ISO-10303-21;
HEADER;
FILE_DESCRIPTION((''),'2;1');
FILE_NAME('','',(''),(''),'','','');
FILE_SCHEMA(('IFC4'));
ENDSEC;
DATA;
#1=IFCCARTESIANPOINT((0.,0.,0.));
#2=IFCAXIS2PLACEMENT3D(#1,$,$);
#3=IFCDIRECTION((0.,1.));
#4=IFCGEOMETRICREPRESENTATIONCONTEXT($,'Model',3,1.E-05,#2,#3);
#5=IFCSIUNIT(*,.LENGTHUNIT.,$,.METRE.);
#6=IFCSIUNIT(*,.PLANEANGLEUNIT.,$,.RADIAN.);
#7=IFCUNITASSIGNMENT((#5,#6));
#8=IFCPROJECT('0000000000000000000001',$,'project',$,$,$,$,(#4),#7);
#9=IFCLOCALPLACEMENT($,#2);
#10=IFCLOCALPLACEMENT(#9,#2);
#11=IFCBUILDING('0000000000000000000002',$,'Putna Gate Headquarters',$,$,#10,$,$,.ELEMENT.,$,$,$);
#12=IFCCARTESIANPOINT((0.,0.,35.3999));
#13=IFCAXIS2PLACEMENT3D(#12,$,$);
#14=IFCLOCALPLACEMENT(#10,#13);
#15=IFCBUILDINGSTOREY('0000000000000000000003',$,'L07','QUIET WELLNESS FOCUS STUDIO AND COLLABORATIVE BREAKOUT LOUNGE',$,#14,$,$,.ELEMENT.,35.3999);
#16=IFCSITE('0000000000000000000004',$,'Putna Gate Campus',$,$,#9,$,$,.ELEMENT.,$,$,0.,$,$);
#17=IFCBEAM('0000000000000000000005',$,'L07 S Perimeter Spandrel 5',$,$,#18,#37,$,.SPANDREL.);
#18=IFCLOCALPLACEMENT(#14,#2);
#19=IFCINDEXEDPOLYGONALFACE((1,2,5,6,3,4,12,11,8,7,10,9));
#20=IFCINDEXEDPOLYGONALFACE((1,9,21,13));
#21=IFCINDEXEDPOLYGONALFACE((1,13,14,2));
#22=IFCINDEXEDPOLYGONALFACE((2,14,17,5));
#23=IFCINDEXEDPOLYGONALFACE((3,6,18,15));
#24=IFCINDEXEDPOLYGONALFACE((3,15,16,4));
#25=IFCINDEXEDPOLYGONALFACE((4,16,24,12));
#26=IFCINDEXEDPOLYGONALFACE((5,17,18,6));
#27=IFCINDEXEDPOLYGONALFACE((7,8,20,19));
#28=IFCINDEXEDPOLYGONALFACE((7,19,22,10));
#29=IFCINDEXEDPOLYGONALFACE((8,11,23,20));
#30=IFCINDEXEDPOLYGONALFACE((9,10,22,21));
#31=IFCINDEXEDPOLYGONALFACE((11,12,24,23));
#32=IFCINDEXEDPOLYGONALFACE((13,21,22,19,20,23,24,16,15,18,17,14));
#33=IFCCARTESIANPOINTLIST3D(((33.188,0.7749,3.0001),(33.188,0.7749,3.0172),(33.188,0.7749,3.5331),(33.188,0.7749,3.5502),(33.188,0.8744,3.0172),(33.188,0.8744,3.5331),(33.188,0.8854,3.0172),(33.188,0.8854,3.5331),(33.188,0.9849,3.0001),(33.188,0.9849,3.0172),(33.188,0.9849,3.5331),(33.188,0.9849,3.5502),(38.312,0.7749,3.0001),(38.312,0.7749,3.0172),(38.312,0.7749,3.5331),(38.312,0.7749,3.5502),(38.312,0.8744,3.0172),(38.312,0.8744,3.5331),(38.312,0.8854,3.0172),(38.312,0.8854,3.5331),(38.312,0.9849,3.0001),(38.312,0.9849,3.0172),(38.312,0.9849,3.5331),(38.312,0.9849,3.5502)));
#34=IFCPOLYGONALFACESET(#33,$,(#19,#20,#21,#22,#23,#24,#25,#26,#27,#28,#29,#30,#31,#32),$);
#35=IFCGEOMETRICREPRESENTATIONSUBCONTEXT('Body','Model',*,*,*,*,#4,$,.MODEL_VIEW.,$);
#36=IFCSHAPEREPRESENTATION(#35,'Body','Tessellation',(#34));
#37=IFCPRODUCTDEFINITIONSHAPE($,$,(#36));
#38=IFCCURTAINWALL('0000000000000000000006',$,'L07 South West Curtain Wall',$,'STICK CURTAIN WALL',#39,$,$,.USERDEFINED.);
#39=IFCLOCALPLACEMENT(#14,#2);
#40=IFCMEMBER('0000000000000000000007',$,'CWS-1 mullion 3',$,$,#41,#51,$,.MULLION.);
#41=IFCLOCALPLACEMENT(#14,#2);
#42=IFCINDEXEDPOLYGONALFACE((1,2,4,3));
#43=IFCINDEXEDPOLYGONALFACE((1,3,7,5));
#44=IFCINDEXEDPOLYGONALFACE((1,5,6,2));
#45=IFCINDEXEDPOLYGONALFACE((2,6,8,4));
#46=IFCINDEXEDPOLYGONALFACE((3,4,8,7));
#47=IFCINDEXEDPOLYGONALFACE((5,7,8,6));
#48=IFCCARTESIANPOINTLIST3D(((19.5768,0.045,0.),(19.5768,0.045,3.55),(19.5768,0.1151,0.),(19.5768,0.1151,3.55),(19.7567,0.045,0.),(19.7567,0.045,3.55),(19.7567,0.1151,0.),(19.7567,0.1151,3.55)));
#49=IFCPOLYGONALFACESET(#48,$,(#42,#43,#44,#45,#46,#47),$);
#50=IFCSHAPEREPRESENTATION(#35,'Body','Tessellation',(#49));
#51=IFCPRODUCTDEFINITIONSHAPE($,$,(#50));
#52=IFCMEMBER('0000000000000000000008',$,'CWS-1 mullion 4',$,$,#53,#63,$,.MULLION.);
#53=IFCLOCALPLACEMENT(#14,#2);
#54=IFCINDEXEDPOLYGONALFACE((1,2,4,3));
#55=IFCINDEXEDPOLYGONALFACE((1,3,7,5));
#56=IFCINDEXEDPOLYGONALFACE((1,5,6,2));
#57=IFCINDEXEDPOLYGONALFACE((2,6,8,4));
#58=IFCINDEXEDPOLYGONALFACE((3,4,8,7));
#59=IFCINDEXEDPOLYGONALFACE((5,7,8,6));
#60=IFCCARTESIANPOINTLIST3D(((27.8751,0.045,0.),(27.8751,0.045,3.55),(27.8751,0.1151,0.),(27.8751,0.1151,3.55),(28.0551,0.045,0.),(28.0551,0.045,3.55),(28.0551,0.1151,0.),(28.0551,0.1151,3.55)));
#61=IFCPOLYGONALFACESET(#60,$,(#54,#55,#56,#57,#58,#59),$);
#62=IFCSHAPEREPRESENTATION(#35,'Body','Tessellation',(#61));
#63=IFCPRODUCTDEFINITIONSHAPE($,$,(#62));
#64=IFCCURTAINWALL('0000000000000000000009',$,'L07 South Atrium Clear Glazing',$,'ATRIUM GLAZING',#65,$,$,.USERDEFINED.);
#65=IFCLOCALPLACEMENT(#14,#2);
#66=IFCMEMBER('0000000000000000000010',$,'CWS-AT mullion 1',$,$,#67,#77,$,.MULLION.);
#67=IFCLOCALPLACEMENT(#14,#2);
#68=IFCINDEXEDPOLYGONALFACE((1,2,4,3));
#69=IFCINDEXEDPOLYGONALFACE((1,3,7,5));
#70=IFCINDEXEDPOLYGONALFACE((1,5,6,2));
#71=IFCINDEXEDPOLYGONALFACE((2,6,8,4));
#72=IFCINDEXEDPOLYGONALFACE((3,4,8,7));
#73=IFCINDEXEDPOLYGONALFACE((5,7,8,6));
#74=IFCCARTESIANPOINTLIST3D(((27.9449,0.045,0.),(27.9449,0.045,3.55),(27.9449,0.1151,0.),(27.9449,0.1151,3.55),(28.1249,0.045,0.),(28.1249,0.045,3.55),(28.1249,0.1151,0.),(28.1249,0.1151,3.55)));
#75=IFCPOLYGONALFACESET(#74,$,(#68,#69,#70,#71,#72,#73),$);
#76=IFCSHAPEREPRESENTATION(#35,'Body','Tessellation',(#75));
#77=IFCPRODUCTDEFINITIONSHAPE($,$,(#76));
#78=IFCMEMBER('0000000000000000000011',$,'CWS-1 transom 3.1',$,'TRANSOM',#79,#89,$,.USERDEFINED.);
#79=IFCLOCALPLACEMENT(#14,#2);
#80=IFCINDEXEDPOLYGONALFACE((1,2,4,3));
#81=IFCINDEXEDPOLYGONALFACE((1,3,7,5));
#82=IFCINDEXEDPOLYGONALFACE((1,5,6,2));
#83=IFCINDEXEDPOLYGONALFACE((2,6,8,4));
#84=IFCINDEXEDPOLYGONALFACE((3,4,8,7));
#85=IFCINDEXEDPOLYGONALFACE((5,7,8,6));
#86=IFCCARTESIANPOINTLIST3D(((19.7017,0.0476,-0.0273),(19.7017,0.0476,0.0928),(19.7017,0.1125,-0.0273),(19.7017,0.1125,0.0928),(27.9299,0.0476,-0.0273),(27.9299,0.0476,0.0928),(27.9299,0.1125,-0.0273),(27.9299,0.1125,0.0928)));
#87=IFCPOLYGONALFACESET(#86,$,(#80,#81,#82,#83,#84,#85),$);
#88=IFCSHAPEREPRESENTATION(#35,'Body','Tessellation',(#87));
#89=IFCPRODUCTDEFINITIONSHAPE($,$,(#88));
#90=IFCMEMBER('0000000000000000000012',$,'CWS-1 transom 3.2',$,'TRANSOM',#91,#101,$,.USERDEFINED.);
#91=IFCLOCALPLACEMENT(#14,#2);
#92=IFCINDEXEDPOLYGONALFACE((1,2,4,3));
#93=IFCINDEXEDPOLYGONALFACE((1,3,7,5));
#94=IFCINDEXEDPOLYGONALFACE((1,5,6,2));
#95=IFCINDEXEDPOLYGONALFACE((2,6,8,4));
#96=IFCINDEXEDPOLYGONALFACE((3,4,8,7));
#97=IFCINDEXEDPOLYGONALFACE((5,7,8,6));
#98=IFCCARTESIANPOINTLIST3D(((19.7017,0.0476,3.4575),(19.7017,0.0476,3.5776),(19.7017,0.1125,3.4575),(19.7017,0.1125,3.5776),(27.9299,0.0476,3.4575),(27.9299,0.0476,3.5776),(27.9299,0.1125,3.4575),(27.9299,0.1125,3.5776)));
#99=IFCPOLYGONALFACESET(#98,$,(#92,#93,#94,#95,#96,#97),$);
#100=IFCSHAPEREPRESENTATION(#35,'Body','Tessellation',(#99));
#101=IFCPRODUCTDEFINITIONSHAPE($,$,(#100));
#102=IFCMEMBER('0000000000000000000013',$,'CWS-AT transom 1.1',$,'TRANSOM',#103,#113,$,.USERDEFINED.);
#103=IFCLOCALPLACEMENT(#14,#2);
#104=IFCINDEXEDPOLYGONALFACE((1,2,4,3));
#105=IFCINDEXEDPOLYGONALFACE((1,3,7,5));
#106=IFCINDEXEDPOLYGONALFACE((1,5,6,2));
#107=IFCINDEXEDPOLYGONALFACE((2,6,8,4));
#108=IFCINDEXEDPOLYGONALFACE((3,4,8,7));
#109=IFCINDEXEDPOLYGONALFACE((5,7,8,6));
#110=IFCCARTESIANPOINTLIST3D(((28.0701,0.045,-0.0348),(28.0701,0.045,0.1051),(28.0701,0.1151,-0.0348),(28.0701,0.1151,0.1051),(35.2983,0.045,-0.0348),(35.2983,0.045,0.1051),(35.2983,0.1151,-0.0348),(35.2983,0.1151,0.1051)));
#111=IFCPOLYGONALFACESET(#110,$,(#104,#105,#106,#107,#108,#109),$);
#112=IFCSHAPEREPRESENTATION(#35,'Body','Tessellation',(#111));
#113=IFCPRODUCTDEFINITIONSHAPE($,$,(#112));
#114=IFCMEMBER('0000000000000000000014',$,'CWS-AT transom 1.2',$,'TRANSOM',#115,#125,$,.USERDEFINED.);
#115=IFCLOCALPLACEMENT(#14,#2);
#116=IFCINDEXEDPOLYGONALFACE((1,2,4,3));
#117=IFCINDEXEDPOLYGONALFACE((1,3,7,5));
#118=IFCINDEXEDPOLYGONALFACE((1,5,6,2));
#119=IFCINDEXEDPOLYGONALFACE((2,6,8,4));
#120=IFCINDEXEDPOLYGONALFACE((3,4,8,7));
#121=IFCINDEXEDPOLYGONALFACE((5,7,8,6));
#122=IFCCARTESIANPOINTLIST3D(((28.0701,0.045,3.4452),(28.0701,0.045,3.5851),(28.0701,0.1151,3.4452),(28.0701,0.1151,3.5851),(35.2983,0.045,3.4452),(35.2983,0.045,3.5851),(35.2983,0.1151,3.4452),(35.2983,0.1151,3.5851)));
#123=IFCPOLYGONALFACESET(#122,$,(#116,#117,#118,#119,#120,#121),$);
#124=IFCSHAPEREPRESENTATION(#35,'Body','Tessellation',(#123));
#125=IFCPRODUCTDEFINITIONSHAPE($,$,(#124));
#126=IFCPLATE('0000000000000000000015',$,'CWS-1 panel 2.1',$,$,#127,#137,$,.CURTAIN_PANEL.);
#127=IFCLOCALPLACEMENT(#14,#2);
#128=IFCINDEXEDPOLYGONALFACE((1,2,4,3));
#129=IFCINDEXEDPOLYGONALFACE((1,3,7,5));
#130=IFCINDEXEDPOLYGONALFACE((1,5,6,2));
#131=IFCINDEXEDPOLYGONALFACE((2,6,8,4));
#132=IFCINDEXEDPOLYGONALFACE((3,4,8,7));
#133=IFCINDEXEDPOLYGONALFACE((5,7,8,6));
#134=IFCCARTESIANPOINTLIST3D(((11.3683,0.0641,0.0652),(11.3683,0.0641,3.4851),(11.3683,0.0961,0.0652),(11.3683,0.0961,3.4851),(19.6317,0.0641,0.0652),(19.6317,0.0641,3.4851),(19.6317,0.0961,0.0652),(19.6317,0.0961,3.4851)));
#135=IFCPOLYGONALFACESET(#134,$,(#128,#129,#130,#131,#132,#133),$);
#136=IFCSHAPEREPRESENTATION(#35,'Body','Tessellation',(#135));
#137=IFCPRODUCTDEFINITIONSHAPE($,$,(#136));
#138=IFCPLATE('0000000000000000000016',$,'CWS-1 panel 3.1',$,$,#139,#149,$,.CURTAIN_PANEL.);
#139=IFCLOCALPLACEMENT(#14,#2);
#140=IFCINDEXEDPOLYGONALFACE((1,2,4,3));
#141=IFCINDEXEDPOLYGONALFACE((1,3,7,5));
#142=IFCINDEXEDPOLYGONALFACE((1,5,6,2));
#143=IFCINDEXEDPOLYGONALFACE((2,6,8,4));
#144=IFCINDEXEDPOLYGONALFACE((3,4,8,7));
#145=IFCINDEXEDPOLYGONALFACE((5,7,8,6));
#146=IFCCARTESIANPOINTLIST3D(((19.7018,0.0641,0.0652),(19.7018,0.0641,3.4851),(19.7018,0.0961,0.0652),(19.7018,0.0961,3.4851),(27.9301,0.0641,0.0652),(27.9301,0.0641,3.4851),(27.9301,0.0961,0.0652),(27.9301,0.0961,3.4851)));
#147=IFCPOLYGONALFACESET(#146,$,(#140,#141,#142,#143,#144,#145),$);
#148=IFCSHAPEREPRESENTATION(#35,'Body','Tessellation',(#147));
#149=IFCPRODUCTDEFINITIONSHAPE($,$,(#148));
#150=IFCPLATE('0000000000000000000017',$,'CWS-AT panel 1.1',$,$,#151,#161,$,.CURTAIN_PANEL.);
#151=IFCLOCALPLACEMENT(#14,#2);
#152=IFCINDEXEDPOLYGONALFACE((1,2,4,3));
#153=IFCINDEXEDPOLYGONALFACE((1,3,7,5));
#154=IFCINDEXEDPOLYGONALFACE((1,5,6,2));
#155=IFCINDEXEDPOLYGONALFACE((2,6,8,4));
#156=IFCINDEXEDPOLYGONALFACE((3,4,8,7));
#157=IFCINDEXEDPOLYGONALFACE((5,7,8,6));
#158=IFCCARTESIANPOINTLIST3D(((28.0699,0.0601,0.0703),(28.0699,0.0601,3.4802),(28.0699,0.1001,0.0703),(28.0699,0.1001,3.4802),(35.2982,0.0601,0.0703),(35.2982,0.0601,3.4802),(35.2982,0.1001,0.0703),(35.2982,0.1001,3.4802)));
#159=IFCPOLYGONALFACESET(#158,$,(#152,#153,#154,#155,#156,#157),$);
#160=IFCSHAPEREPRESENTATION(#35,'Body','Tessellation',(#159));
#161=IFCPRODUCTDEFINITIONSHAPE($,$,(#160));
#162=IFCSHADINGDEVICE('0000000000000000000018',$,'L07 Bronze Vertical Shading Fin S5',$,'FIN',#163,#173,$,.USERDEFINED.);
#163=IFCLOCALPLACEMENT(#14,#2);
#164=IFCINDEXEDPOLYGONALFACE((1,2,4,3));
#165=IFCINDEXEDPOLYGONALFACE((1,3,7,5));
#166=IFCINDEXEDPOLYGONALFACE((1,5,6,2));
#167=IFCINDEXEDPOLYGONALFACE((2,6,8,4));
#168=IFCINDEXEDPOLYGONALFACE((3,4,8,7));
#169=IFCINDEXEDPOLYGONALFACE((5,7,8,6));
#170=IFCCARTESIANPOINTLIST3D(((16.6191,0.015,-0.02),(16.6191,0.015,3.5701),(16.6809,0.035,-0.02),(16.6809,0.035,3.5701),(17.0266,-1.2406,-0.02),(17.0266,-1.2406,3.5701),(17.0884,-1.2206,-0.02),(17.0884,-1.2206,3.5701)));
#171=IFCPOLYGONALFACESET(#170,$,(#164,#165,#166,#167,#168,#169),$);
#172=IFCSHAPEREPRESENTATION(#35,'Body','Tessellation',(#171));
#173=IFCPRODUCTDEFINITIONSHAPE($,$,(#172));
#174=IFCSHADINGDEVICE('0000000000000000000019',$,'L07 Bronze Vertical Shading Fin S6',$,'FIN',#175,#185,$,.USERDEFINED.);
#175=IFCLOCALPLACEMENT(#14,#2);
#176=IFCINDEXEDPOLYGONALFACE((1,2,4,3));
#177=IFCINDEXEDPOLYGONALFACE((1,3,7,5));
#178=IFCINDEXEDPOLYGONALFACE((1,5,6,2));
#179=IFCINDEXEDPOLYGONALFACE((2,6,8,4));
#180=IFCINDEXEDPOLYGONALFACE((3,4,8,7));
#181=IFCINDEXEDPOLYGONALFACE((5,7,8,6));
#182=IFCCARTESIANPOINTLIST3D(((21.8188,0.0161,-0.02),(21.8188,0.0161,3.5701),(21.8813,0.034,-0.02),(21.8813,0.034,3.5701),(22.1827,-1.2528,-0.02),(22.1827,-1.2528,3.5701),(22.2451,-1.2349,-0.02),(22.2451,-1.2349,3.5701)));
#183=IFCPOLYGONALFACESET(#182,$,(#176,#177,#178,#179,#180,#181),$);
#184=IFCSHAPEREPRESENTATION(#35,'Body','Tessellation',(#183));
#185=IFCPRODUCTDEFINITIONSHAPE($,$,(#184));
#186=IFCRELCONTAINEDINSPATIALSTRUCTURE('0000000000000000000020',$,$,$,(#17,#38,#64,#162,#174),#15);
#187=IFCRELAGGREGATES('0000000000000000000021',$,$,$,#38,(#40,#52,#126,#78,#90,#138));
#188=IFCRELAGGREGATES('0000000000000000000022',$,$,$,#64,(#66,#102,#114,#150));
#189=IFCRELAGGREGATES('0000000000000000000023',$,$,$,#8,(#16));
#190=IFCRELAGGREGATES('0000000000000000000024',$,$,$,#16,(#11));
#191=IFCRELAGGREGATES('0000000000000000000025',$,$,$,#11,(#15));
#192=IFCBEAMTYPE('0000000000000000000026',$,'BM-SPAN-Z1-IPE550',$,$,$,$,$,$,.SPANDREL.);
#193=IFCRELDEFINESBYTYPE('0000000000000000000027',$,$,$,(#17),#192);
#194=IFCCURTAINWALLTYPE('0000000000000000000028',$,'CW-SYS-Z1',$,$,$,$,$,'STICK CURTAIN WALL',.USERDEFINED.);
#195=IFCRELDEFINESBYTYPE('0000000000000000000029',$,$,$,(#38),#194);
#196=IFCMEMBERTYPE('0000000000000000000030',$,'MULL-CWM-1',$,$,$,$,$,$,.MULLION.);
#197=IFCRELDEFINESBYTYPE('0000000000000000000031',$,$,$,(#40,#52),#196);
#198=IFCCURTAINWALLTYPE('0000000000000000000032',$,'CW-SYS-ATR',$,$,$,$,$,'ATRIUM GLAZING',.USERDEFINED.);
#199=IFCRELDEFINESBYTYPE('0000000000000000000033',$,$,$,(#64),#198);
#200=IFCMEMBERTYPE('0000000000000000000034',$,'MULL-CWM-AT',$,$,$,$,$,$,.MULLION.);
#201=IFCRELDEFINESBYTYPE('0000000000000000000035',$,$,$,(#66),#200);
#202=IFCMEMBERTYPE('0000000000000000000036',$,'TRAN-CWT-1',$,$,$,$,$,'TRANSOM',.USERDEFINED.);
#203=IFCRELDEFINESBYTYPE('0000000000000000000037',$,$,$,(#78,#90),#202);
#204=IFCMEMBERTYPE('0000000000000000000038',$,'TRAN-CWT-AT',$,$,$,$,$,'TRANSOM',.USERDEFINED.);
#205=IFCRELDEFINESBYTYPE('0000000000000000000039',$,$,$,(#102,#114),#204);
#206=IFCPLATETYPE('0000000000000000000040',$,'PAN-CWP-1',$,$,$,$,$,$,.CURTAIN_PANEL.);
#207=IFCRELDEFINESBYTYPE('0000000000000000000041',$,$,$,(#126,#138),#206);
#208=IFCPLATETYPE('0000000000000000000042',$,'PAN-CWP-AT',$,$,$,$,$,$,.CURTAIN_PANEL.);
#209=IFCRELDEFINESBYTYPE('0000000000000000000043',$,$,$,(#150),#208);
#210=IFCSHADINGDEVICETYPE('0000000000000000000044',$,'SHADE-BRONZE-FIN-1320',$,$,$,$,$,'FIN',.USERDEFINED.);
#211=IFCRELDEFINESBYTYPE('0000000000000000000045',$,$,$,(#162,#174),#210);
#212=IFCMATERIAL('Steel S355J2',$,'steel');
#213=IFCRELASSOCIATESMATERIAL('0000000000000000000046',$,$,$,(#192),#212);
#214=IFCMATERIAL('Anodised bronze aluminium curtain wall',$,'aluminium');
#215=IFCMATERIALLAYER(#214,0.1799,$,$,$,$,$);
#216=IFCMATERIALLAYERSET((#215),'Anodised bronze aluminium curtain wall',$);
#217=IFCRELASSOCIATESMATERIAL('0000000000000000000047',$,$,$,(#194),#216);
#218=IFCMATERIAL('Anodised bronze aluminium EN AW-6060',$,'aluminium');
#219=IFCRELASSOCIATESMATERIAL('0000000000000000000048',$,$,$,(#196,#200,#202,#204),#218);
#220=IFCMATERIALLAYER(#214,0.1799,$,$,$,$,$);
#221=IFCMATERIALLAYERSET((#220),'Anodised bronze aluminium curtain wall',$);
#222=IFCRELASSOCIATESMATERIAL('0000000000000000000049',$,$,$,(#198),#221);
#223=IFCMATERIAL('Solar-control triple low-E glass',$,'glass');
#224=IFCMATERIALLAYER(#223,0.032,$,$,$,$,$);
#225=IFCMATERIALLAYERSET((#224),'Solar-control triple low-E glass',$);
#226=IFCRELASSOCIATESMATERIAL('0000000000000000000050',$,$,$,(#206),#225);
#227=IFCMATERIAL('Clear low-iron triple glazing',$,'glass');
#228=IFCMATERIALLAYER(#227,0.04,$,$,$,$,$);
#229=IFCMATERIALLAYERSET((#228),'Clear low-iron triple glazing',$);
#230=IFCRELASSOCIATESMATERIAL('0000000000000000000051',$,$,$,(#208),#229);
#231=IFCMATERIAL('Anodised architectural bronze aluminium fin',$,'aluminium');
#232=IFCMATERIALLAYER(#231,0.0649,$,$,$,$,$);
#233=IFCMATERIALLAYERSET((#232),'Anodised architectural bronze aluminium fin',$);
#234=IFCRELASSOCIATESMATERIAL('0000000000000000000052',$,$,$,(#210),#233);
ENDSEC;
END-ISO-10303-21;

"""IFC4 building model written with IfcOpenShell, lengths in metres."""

from ifc_helpers import new_model, si_unit, direction, frame, origin, origin_2d, place, context, subcontext, project, spatial, rectangle, i_section, extrude, material, layer, layer_set, material_profile, profile_set, type_object, element, aggregate, save


model = new_model("IFC4")

# Units and contexts
model_context = context("Model", 3, precision=1e-05, world=origin(), true_north=direction((0.0, 1.0)))
body_context = subcontext(model_context, "Body", "Model", "MODEL_VIEW")
ifc_project = project(units=[si_unit("LENGTHUNIT", "METRE"), si_unit("PLANEANGLEUNIT", "RADIAN")], contexts=[model_context])

# Site, building, storey
site_placement = place(None, origin())
site = spatial("IfcSite", under=ifc_project, at=site_placement, Name="Putna Gate Campus", CompositionType="ELEMENT", RefElevation=0.0)
building_placement = place(site_placement, origin())
building = spatial("IfcBuilding", under=site, at=building_placement, Name="Putna Gate Headquarters", CompositionType="ELEMENT")
storey_placement = place(building_placement, frame((0.0, 0.0, 35.3999)))
storey = spatial("IfcBuildingStorey", under=building, at=storey_placement, Name="L07", Description="QUIET WELLNESS FOCUS STUDIO AND COLLABORATIVE BREAKOUT LOUNGE", CompositionType="ELEMENT", Elevation=35.3999)

# Beam
ifc_material_1 = material(Name="Steel S355J2", Category="steel")
ifc_material_profile_1 = material_profile(ifc_material_1, i_section(OverallWidth=0.21, OverallDepth=0.55, WebThickness=0.011, FlangeThickness=0.0171, at=origin_2d()), Name="Steel S355J2")
ifc_profile_set_1 = profile_set([ifc_material_profile_1], Name="Steel S355J2")
beam_type_1 = type_object("IfcBeamType", Name="BM-SPAN-Z1-IPE550", PredefinedType="SPANDREL", material=ifc_profile_set_1)
for number, where, z_axis, x_axis, name in (
    (1, (33.188, 0.8799, 3.2751), (1.0, 0.0, 0.0), (0.0, 1.0, 0.0), "L07 S Perimeter Spandrel 5"),
):
    element("IfcBeam", number, at=place(storey_placement, frame(where, z_axis=z_axis, x_axis=x_axis)), inside=storey, type_object=beam_type_1, Name=name, PredefinedType="SPANDREL", context=body_context, shape_type="SweptSolid", body=[
        extrude(i_section(OverallWidth=0.21, OverallDepth=0.55, WebThickness=0.011, FlangeThickness=0.0171, at=origin_2d()), origin(), (0.0, 0.0, 1.0), 5.124),
    ])

# Curtain wall, members
ifc_material_2 = material(Name="Anodised bronze aluminium curtain wall", Category="aluminium")
ifc_layer_1 = layer(ifc_material_2, 0.1799)
ifc_layer_set_1 = layer_set([ifc_layer_1], Name="Anodised bronze aluminium curtain wall")
curtain_wall_type_1 = type_object("IfcCurtainWallType", Name="CW-SYS-Z1", ElementType="STICK CURTAIN WALL", PredefinedType="USERDEFINED", material=ifc_layer_set_1)
curtain_wall_1_placement = place(storey_placement, origin())
curtain_wall_1 = element("IfcCurtainWall", 2, at=curtain_wall_1_placement, inside=storey, type_object=curtain_wall_type_1, Name="L07 South West Curtain Wall", ObjectType="STICK CURTAIN WALL", PredefinedType="USERDEFINED")
ifc_material_3 = material(Name="Anodised bronze aluminium EN AW-6060", Category="aluminium")
ifc_material_profile_2 = material_profile(ifc_material_3, rectangle(XDim=0.0701, YDim=0.1799, at=origin_2d()), Name="Anodised bronze aluminium EN AW-6060")
ifc_profile_set_2 = profile_set([ifc_material_profile_2], Name="Anodised bronze aluminium EN AW-6060")
member_type_1 = type_object("IfcMemberType", Name="MULL-CWM-1", PredefinedType="MULLION", material=ifc_profile_set_2)
member_1_placement = place(storey_placement, frame((19.6667, 0.0801, 0.0), z_axis=(0.0, 0.0, 1.0), x_axis=(0.0, 1.0, 0.0)))
member_1 = element("IfcMember", 3, at=member_1_placement, type_object=member_type_1, Name="CWS-1 mullion 3", PredefinedType="MULLION", context=body_context, shape_type="SweptSolid", body=[
    extrude(rectangle(XDim=0.0701, YDim=0.1799, at=origin_2d()), origin(), (0.0, 0.0, 1.0), 3.55),
])
member_2_placement = place(storey_placement, frame((27.9651, 0.0801, 0.0), z_axis=(0.0, 0.0, 1.0), x_axis=(0.0, 1.0, 0.0)))
member_2 = element("IfcMember", 4, at=member_2_placement, type_object=member_type_1, Name="CWS-1 mullion 4", PredefinedType="MULLION", context=body_context, shape_type="SweptSolid", body=[
    extrude(rectangle(XDim=0.0701, YDim=0.1799, at=origin_2d()), origin(), (0.0, 0.0, 1.0), 3.55),
])

# Curtain wall, member
ifc_layer_2 = layer(ifc_material_2, 0.1799)
ifc_layer_set_2 = layer_set([ifc_layer_2], Name="Anodised bronze aluminium curtain wall")
curtain_wall_type_2 = type_object("IfcCurtainWallType", Name="CW-SYS-ATR", ElementType="ATRIUM GLAZING", PredefinedType="USERDEFINED", material=ifc_layer_set_2)
curtain_wall_2_placement = place(storey_placement, origin())
curtain_wall_2 = element("IfcCurtainWall", 5, at=curtain_wall_2_placement, inside=storey, type_object=curtain_wall_type_2, Name="L07 South Atrium Clear Glazing", ObjectType="ATRIUM GLAZING", PredefinedType="USERDEFINED")
ifc_material_profile_3 = material_profile(ifc_material_3, rectangle(XDim=0.0701, YDim=0.1799, at=origin_2d()), Name="Anodised bronze aluminium EN AW-6060")
ifc_profile_set_3 = profile_set([ifc_material_profile_3], Name="Anodised bronze aluminium EN AW-6060")
member_type_2 = type_object("IfcMemberType", Name="MULL-CWM-AT", PredefinedType="MULLION", material=ifc_profile_set_3)
member_3_placement = place(storey_placement, frame((28.0349, 0.0801, 0.0), z_axis=(0.0, 0.0, 1.0), x_axis=(0.0, 1.0, 0.0)))
member_3 = element("IfcMember", 6, at=member_3_placement, type_object=member_type_2, Name="CWS-AT mullion 1", PredefinedType="MULLION", context=body_context, shape_type="SweptSolid", body=[
    extrude(rectangle(XDim=0.0701, YDim=0.1799, at=origin_2d()), origin(), (0.0, 0.0, 1.0), 3.55),
])

# Members
ifc_material_profile_4 = material_profile(ifc_material_3, rectangle(XDim=0.0649, YDim=0.1201, at=origin_2d()), Name="Anodised bronze aluminium EN AW-6060")
ifc_profile_set_4 = profile_set([ifc_material_profile_4], Name="Anodised bronze aluminium EN AW-6060")
member_type_3 = type_object("IfcMemberType", Name="TRAN-CWT-1", ElementType="TRANSOM", PredefinedType="USERDEFINED", material=ifc_profile_set_4)
member_4_placement = place(storey_placement, frame((19.7017, 0.0801, 0.0327), z_axis=(1.0, 0.0, 0.0), x_axis=(0.0, 1.0, 0.0)))
member_4 = element("IfcMember", 7, at=member_4_placement, type_object=member_type_3, Name="CWS-1 transom 3.1", ObjectType="TRANSOM", PredefinedType="USERDEFINED", context=body_context, shape_type="SweptSolid", body=[
    extrude(rectangle(XDim=0.0649, YDim=0.1201, at=origin_2d()), origin(), (0.0, 0.0, 1.0), 8.2283),
])
member_5_placement = place(storey_placement, frame((19.7017, 0.0801, 3.5176), z_axis=(1.0, 0.0, 0.0), x_axis=(0.0, 1.0, 0.0)))
member_5 = element("IfcMember", 8, at=member_5_placement, type_object=member_type_3, Name="CWS-1 transom 3.2", ObjectType="TRANSOM", PredefinedType="USERDEFINED", context=body_context, shape_type="SweptSolid", body=[
    extrude(rectangle(XDim=0.0649, YDim=0.1201, at=origin_2d()), origin(), (0.0, 0.0, 1.0), 8.2283),
])
ifc_material_profile_5 = material_profile(ifc_material_3, rectangle(XDim=0.0701, YDim=0.1399, at=origin_2d()), Name="Anodised bronze aluminium EN AW-6060")
ifc_profile_set_5 = profile_set([ifc_material_profile_5], Name="Anodised bronze aluminium EN AW-6060")
member_type_4 = type_object("IfcMemberType", Name="TRAN-CWT-AT", ElementType="TRANSOM", PredefinedType="USERDEFINED", material=ifc_profile_set_5)
member_6_placement = place(storey_placement, frame((28.0701, 0.0801, 0.0352), z_axis=(1.0, 0.0, 0.0), x_axis=(0.0, 1.0, 0.0)))
member_6 = element("IfcMember", 9, at=member_6_placement, type_object=member_type_4, Name="CWS-AT transom 1.1", ObjectType="TRANSOM", PredefinedType="USERDEFINED", context=body_context, shape_type="SweptSolid", body=[
    extrude(rectangle(XDim=0.0701, YDim=0.1399, at=origin_2d()), origin(), (0.0, 0.0, 1.0), 7.2283),
])
member_7_placement = place(storey_placement, frame((28.0701, 0.0801, 3.5151), z_axis=(1.0, 0.0, 0.0), x_axis=(0.0, 1.0, 0.0)))
member_7 = element("IfcMember", 10, at=member_7_placement, type_object=member_type_4, Name="CWS-AT transom 1.2", ObjectType="TRANSOM", PredefinedType="USERDEFINED", context=body_context, shape_type="SweptSolid", body=[
    extrude(rectangle(XDim=0.0701, YDim=0.1399, at=origin_2d()), origin(), (0.0, 0.0, 1.0), 7.2283),
])

# Plates
ifc_material_4 = material(Name="Solar-control triple low-E glass", Category="glass")
ifc_layer_3 = layer(ifc_material_4, 0.032)
ifc_layer_set_3 = layer_set([ifc_layer_3], Name="Solar-control triple low-E glass")
plate_type_1 = type_object("IfcPlateType", Name="PAN-CWP-1", PredefinedType="CURTAIN_PANEL", material=ifc_layer_set_3)
plate_1_placement = place(storey_placement, frame((15.5, 0.0801, 0.0652), z_axis=(0.0, 0.0, 1.0), x_axis=(1.0, 0.0, 0.0)))
plate_1 = element("IfcPlate", 11, at=plate_1_placement, type_object=plate_type_1, Name="CWS-1 panel 2.1", PredefinedType="CURTAIN_PANEL", context=body_context, shape_type="SweptSolid", body=[
    extrude(rectangle(XDim=8.2634, YDim=0.032, at=origin_2d()), origin(), (0.0, 0.0, 1.0), 3.4199),
])
plate_2_placement = place(storey_placement, frame((23.8159, 0.0801, 0.0652), z_axis=(0.0, 0.0, 1.0), x_axis=(1.0, 0.0, 0.0)))
plate_2 = element("IfcPlate", 12, at=plate_2_placement, type_object=plate_type_1, Name="CWS-1 panel 3.1", PredefinedType="CURTAIN_PANEL", context=body_context, shape_type="SweptSolid", body=[
    extrude(rectangle(XDim=8.2283, YDim=0.032, at=origin_2d()), origin(), (0.0, 0.0, 1.0), 3.4199),
])
aggregate(curtain_wall_1, [member_1, member_2, plate_1, member_4, member_5, plate_2])
ifc_material_5 = material(Name="Clear low-iron triple glazing", Category="glass")
ifc_layer_4 = layer(ifc_material_5, 0.04)
ifc_layer_set_4 = layer_set([ifc_layer_4], Name="Clear low-iron triple glazing")
plate_type_2 = type_object("IfcPlateType", Name="PAN-CWP-AT", PredefinedType="CURTAIN_PANEL", material=ifc_layer_set_4)
plate_3_placement = place(storey_placement, frame((31.6841, 0.0801, 0.0703), z_axis=(0.0, 0.0, 1.0), x_axis=(1.0, 0.0, 0.0)))
plate_3 = element("IfcPlate", 13, at=plate_3_placement, type_object=plate_type_2, Name="CWS-AT panel 1.1", PredefinedType="CURTAIN_PANEL", context=body_context, shape_type="SweptSolid", body=[
    extrude(rectangle(XDim=7.2283, YDim=0.04, at=origin_2d()), origin(), (0.0, 0.0, 1.0), 3.4099),
])
aggregate(curtain_wall_2, [member_3, member_6, member_7, plate_3])

# Shading devices
ifc_material_6 = material(Name="Anodised architectural bronze aluminium fin", Category="aluminium")
ifc_layer_5 = layer(ifc_material_6, 0.0649)
ifc_layer_set_5 = layer_set([ifc_layer_5], Name="Anodised architectural bronze aluminium fin")
shading_device_type = type_object("IfcShadingDeviceType", Name="SHADE-BRONZE-FIN-1320", ElementType="FIN", PredefinedType="USERDEFINED", material=ifc_layer_set_5)
for number, where, z_axis, x_axis, name in (
    (14, (16.8538, -0.6028, -0.02), (0.0, 0.0, 1.0), (0.308685, -0.951164, 0.0), "L07 Bronze Vertical Shading Fin S5"),
    (15, (22.032, -0.6094, -0.02), (0.0, 0.0, 1.0), (0.275637, -0.961262, 0.0), "L07 Bronze Vertical Shading Fin S6"),
):
    element("IfcShadingDevice", number, at=place(storey_placement, frame(where, z_axis=z_axis, x_axis=x_axis)), inside=storey, type_object=shading_device_type, Name=name, ObjectType="FIN", PredefinedType="USERDEFINED", context=body_context, shape_type="SweptSolid", body=[
        extrude(rectangle(XDim=1.3201, YDim=0.0649, at=origin_2d()), origin(), (0.0, 0.0, 1.0), 3.5901),
    ])

save(model, "model.ifc")
